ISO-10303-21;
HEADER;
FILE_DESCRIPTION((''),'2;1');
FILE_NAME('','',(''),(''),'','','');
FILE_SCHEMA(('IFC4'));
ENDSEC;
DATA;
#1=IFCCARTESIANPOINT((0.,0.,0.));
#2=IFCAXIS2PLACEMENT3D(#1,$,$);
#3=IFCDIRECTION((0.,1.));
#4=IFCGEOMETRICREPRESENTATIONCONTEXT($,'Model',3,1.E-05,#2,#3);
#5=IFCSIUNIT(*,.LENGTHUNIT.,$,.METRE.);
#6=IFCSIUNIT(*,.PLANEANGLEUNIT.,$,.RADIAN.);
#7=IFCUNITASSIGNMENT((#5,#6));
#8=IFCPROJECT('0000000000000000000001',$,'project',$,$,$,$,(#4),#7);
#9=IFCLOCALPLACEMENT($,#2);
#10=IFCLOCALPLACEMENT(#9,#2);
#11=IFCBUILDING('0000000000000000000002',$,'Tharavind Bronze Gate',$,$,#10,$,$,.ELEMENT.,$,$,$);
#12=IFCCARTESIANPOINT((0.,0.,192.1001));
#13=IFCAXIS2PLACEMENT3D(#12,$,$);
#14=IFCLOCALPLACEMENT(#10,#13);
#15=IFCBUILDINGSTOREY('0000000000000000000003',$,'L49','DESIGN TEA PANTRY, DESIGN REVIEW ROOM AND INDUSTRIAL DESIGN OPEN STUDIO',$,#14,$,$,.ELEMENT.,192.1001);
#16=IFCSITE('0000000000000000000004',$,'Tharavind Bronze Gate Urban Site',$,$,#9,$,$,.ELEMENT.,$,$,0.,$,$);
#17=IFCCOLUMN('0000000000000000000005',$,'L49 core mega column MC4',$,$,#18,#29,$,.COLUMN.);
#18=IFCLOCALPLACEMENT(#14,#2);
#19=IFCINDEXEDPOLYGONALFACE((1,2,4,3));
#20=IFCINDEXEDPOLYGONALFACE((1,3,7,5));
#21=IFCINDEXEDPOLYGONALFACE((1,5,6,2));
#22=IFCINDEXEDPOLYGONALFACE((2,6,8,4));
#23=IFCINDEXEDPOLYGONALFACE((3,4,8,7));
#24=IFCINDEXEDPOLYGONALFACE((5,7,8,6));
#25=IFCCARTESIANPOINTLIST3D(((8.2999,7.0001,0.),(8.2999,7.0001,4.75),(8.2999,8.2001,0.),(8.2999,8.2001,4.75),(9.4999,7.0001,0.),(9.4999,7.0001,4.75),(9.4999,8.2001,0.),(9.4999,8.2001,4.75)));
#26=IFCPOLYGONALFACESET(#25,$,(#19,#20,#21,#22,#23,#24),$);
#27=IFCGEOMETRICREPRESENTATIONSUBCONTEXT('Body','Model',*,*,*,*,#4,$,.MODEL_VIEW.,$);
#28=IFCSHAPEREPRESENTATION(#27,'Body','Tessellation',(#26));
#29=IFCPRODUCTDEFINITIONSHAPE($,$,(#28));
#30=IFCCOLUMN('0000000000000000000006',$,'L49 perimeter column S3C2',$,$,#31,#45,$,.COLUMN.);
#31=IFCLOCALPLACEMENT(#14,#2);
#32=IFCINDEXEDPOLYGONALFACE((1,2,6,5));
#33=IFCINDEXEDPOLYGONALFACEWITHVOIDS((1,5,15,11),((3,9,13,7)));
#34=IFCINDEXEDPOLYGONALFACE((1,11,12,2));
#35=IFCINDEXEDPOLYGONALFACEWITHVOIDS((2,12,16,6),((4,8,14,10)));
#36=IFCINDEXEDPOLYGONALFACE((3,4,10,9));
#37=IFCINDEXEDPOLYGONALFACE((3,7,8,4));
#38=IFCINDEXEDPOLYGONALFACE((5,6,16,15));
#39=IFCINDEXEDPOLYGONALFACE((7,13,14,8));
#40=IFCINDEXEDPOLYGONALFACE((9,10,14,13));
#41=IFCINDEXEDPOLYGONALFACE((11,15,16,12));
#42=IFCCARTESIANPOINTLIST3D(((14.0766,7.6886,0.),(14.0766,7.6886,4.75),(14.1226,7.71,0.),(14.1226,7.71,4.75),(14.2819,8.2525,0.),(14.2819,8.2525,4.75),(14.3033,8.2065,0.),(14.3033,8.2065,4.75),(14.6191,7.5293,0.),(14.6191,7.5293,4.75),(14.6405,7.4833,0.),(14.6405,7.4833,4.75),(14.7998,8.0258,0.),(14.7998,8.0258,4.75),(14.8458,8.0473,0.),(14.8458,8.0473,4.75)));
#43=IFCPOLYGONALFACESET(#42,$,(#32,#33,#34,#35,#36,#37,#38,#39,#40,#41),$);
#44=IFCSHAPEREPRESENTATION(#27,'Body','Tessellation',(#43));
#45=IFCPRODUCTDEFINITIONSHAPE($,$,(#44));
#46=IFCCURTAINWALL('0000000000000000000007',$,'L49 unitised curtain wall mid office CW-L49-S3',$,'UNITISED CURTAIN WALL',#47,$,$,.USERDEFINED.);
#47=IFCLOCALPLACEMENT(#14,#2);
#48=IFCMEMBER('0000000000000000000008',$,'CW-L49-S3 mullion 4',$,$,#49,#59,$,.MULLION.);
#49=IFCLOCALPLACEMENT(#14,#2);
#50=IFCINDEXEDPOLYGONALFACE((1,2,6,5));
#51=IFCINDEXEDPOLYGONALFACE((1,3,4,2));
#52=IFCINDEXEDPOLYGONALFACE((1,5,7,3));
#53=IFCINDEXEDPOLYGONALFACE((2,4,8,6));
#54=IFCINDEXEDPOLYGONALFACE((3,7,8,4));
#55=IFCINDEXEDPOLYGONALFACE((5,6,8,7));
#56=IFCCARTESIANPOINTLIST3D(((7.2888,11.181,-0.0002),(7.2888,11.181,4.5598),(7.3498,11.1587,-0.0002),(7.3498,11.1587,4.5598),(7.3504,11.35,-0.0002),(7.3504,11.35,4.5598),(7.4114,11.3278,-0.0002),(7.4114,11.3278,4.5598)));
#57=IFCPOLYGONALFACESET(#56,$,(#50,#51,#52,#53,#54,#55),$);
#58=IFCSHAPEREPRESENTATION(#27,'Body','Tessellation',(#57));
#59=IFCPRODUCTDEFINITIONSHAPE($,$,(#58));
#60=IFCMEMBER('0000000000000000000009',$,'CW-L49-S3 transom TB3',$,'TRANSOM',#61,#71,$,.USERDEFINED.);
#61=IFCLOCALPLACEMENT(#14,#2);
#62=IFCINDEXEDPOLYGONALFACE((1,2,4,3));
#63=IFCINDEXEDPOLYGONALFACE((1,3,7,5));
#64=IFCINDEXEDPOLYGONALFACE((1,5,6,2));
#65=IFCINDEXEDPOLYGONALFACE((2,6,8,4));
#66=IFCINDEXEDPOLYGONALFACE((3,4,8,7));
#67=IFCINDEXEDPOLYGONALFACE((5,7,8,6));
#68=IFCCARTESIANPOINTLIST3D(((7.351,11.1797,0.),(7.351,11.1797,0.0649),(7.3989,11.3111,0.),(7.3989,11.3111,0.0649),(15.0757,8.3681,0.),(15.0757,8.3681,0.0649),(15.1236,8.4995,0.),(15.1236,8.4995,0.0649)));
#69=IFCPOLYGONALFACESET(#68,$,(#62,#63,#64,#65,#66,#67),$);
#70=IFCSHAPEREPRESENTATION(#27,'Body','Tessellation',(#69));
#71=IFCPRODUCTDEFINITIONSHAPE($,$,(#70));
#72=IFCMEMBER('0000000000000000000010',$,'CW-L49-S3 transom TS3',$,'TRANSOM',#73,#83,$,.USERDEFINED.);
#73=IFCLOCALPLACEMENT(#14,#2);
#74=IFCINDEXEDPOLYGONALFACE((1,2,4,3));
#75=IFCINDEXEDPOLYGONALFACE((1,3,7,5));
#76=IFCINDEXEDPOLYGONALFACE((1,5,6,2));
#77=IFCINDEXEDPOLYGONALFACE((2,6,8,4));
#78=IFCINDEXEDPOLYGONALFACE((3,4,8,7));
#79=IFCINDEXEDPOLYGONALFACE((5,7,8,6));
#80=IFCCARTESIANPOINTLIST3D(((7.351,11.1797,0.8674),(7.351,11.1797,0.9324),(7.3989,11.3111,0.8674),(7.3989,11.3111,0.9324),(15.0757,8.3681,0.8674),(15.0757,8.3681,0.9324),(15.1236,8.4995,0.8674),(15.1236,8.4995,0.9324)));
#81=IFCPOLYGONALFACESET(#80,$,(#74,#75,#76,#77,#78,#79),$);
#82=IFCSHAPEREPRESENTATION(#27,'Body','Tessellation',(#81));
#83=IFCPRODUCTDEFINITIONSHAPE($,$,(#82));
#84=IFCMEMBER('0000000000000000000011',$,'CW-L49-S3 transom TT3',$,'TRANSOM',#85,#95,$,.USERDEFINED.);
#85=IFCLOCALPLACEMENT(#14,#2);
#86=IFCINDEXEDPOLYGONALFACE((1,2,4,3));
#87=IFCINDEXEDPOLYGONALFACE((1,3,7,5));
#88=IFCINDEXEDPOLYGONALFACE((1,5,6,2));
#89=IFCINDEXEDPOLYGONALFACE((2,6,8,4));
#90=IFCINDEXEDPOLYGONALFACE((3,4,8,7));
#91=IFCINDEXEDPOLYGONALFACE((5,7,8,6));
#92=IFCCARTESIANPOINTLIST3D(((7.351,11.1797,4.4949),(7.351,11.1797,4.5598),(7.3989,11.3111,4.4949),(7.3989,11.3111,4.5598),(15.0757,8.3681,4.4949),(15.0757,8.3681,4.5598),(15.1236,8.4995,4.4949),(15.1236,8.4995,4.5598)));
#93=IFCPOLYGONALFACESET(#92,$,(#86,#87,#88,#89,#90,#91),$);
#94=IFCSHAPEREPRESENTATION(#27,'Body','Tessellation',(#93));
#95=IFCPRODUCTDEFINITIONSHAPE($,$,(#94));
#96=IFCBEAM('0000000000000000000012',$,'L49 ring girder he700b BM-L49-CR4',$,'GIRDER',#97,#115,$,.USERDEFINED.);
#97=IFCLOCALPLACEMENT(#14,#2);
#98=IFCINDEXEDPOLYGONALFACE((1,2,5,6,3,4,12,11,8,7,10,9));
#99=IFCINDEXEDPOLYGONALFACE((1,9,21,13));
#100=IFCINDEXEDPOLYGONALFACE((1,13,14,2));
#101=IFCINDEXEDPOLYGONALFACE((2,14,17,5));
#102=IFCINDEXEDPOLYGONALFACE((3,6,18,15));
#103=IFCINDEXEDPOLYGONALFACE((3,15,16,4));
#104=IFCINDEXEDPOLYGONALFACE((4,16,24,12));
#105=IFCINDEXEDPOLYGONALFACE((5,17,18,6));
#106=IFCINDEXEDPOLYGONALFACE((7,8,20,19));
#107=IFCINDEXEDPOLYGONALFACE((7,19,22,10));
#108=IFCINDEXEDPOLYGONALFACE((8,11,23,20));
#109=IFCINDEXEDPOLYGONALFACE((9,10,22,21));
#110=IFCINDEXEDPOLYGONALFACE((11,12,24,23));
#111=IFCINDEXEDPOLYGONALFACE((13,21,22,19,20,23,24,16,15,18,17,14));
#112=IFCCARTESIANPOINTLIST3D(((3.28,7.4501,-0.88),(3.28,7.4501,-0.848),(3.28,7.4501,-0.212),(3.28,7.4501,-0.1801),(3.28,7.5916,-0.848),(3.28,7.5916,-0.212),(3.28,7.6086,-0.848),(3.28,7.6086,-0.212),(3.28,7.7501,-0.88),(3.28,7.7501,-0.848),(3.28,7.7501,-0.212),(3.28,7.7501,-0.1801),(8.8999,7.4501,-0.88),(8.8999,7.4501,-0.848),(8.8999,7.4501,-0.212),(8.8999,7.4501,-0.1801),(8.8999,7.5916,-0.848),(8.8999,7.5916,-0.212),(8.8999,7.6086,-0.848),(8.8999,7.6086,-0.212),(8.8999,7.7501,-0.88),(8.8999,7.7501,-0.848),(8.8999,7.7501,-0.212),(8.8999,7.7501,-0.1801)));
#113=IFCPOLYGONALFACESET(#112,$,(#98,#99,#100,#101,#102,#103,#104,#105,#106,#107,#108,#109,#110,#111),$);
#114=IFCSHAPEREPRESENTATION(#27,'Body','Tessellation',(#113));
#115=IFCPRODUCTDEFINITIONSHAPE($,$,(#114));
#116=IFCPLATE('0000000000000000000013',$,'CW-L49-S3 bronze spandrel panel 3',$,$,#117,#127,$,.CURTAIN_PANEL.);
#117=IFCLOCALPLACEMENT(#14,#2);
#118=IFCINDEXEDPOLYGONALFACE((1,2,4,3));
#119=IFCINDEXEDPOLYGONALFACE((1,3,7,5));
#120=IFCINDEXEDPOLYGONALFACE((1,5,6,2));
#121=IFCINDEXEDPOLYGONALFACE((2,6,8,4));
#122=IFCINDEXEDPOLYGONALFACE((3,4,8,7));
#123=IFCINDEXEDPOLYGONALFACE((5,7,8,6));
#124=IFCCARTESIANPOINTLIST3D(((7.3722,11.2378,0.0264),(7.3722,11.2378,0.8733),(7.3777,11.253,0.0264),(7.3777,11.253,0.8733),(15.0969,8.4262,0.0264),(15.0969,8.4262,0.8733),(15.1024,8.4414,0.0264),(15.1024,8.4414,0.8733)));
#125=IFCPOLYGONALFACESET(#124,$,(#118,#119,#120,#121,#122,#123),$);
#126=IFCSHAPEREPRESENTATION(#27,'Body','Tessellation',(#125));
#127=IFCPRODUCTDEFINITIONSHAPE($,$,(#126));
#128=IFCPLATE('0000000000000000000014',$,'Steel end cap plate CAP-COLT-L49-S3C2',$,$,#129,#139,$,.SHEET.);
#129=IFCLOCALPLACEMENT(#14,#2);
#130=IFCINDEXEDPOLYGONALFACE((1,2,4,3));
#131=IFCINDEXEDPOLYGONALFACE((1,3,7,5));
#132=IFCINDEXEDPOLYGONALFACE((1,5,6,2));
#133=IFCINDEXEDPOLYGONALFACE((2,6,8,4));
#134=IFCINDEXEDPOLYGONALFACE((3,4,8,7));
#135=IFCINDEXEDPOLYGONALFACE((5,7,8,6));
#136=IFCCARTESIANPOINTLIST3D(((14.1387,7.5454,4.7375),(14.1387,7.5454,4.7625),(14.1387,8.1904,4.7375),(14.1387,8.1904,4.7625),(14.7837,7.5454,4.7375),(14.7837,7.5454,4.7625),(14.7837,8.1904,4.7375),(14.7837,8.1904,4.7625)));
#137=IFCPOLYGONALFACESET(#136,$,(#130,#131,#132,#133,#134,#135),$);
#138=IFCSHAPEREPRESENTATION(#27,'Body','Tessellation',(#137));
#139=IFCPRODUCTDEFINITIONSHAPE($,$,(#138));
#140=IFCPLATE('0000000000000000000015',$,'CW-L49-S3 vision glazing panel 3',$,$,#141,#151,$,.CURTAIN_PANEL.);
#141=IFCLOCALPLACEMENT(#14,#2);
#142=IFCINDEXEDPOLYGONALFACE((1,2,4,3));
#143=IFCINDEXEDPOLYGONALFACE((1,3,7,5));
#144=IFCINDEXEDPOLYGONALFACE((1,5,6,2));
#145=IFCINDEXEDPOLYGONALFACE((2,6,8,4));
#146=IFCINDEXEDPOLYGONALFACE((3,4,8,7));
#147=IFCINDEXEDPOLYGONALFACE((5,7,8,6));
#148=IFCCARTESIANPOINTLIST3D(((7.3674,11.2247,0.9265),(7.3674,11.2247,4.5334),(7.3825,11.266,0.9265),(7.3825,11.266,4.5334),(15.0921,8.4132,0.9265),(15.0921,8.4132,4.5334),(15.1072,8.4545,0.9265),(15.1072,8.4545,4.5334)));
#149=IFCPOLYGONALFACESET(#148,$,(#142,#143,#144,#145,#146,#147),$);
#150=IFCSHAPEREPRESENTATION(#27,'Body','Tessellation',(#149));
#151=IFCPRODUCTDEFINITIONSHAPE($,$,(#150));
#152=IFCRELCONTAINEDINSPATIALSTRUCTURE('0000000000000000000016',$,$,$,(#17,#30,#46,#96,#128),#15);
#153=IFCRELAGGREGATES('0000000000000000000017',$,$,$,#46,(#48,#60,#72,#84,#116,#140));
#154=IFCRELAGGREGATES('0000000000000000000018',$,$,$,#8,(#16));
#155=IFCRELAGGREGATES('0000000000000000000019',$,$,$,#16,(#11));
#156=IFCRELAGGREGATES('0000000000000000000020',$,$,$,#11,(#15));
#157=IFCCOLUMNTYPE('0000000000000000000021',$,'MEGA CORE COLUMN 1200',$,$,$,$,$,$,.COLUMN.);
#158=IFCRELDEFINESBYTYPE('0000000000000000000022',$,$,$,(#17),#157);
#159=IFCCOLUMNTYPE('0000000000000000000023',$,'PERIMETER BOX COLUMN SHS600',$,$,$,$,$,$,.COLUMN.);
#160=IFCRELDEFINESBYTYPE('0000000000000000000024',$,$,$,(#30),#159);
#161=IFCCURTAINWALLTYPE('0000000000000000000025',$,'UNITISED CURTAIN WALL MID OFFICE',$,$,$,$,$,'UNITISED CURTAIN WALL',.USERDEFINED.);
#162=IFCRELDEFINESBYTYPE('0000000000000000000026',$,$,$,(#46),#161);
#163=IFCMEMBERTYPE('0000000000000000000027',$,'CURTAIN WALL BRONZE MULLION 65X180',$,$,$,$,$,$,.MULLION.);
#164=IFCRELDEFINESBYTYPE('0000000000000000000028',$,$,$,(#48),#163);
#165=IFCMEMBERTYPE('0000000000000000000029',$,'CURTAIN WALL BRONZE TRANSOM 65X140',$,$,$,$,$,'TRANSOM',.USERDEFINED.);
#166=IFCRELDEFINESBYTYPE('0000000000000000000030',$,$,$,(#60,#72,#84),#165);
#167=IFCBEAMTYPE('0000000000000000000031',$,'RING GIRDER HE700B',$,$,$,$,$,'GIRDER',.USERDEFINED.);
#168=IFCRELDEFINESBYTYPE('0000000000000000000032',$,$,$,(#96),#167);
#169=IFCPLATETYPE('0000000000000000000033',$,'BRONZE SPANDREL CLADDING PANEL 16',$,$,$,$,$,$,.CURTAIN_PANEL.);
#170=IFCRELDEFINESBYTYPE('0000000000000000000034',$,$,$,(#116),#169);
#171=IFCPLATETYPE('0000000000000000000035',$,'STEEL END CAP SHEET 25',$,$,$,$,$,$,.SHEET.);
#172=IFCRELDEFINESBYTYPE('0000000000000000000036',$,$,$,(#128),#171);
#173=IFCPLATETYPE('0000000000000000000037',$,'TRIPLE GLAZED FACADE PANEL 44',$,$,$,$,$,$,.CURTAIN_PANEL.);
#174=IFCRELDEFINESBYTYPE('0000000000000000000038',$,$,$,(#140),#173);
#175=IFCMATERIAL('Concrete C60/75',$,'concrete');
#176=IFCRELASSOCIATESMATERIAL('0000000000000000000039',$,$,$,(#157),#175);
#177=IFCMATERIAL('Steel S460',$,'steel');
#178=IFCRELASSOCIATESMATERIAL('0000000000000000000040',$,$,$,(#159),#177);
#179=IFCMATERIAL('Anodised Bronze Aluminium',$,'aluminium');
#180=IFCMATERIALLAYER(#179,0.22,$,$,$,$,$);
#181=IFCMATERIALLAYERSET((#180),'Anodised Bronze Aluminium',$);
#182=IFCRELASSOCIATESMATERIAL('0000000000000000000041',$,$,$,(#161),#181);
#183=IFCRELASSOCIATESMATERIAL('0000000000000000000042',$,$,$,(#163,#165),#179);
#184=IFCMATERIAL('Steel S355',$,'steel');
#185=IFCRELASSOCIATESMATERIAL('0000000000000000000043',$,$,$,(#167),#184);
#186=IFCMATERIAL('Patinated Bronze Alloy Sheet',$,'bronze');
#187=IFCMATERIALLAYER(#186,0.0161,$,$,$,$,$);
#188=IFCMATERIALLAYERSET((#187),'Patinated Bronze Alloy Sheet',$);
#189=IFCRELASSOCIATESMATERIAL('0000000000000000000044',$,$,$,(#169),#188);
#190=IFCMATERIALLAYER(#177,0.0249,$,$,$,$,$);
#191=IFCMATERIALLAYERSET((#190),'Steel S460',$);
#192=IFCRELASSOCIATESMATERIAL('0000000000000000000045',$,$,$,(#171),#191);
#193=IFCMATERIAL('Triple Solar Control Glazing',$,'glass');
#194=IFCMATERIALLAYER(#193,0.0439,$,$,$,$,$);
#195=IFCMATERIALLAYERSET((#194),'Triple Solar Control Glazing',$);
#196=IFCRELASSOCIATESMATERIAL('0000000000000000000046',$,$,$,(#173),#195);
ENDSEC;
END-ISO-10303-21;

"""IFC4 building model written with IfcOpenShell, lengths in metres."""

from ifc_helpers import new_model, si_unit, direction, frame, origin, origin_2d, place, context, subcontext, project, spatial, rectangle, hollow_rectangle, i_section, extrude, material, layer, layer_set, material_profile, profile_set, type_object, element, aggregate, save


model = new_model("IFC4")

# Units and contexts
model_context = context("Model", 3, precision=1e-05, world=origin(), true_north=direction((0.0, 1.0)))
body_context = subcontext(model_context, "Body", "Model", "MODEL_VIEW")
ifc_project = project(units=[si_unit("LENGTHUNIT", "METRE"), si_unit("PLANEANGLEUNIT", "RADIAN")], contexts=[model_context])

# Site, building, storey
site_placement = place(None, origin())
site = spatial("IfcSite", under=ifc_project, at=site_placement, Name="Tharavind Bronze Gate Urban Site", CompositionType="ELEMENT", RefElevation=0.0)
building_placement = place(site_placement, origin())
building = spatial("IfcBuilding", under=site, at=building_placement, Name="Tharavind Bronze Gate", CompositionType="ELEMENT")
storey_placement = place(building_placement, frame((0.0, 0.0, 192.1001)))
storey = spatial("IfcBuildingStorey", under=building, at=storey_placement, Name="L49", Description="DESIGN TEA PANTRY, DESIGN REVIEW ROOM AND INDUSTRIAL DESIGN OPEN STUDIO", CompositionType="ELEMENT", Elevation=192.1001)

# Columns
ifc_material_1 = material(Name="Concrete C60/75", Category="concrete")
ifc_material_profile_1 = material_profile(ifc_material_1, rectangle(XDim=1.2, YDim=1.2, at=origin_2d()), Name="RCCOL1200")
ifc_profile_set_1 = profile_set([ifc_material_profile_1], Name="Concrete C60/75")
column_type_1 = type_object("IfcColumnType", Name="MEGA CORE COLUMN 1200", PredefinedType="COLUMN", material=ifc_profile_set_1)
column_1_placement = place(storey_placement, frame((8.8999, 7.6001, 0.0), z_axis=(0.0, 0.0, 1.0), x_axis=(1.0, 0.0, 0.0)))
element("IfcColumn", 1, at=column_1_placement, inside=storey, type_object=column_type_1, Name="L49 core mega column MC4", PredefinedType="COLUMN", context=body_context, shape_type="SweptSolid", body=[
    extrude(rectangle(XDim=1.2, YDim=1.2, at=origin_2d()), origin(), (0.0, 0.0, 1.0), 4.75),
])
ifc_material_2 = material(Name="Steel S460", Category="steel")
ifc_material_profile_2 = material_profile(ifc_material_2, hollow_rectangle(XDim=0.6001, YDim=0.6001, WallThickness=0.0359, at=origin_2d()), Name="SHS600X36")
ifc_profile_set_2 = profile_set([ifc_material_profile_2], Name="Steel S460")
column_type_2 = type_object("IfcColumnType", Name="PERIMETER BOX COLUMN SHS600", PredefinedType="COLUMN", material=ifc_profile_set_2)
column_2_placement = place(storey_placement, frame((14.4612, 7.8679, 0.0), z_axis=(0.0, 0.0, 1.0), x_axis=(-0.939692, 0.342022, 0.0)))
element("IfcColumn", 2, at=column_2_placement, inside=storey, type_object=column_type_2, Name="L49 perimeter column S3C2", PredefinedType="COLUMN", context=body_context, shape_type="SweptSolid", body=[
    extrude(hollow_rectangle(XDim=0.6001, YDim=0.6001, WallThickness=0.0359, at=origin_2d()), origin(), (0.0, 0.0, 1.0), 4.75),
])

# Curtain wall, members
ifc_material_3 = material(Name="Anodised Bronze Aluminium", Category="aluminium")
ifc_layer_1 = layer(ifc_material_3, 0.22)
ifc_layer_set_1 = layer_set([ifc_layer_1], Name="Anodised Bronze Aluminium")
curtain_wall_type = type_object("IfcCurtainWallType", Name="UNITISED CURTAIN WALL MID OFFICE", ElementType="UNITISED CURTAIN WALL", PredefinedType="USERDEFINED", material=ifc_layer_set_1)
curtain_wall_placement = place(storey_placement, origin())
curtain_wall = element("IfcCurtainWall", 3, at=curtain_wall_placement, inside=storey, type_object=curtain_wall_type, Name="L49 unitised curtain wall mid office CW-L49-S3", ObjectType="UNITISED CURTAIN WALL", PredefinedType="USERDEFINED")
member_type_1 = type_object("IfcMemberType", Name="CURTAIN WALL BRONZE MULLION 65X180", PredefinedType="MULLION", material=ifc_material_3)
member_1_placement = place(storey_placement, frame((7.3501, 11.2544, -0.0002), z_axis=(0.0, 0.0, 1.0), x_axis=(-0.939692, 0.342022, 0.0)))
member_1 = element("IfcMember", 4, at=member_1_placement, type_object=member_type_1, Name="CW-L49-S3 mullion 4", PredefinedType="MULLION", context=body_context, shape_type="SweptSolid", body=[
    extrude(rectangle(XDim=0.0649, YDim=0.1799, at=origin_2d()), origin(), (0.0, 0.0, 1.0), 4.5601),
])
member_type_2 = type_object("IfcMemberType", Name="CURTAIN WALL BRONZE TRANSOM 65X140", ElementType="TRANSOM", PredefinedType="USERDEFINED", material=ifc_material_3)
member_2_placement = place(storey_placement, frame((11.2373, 9.8396, 0.0), z_axis=(0.0, 0.0, 1.0), x_axis=(-0.939692, 0.342022, 0.0)))
member_2 = element("IfcMember", 5, at=member_2_placement, type_object=member_type_2, Name="CW-L49-S3 transom TB3", ObjectType="TRANSOM", PredefinedType="USERDEFINED", context=body_context, shape_type="SweptSolid", body=[
    extrude(rectangle(XDim=8.2205, YDim=0.1399, at=origin_2d()), origin(), (0.0, 0.0, 1.0), 0.0649),
])
member_3_placement = place(storey_placement, frame((11.2373, 9.8396, 0.8674), z_axis=(0.0, 0.0, 1.0), x_axis=(-0.939692, 0.342022, 0.0)))
member_3 = element("IfcMember", 6, at=member_3_placement, type_object=member_type_2, Name="CW-L49-S3 transom TS3", ObjectType="TRANSOM", PredefinedType="USERDEFINED", context=body_context, shape_type="SweptSolid", body=[
    extrude(rectangle(XDim=8.2205, YDim=0.1399, at=origin_2d()), origin(), (0.0, 0.0, 1.0), 0.0649),
])
member_4_placement = place(storey_placement, frame((11.2373, 9.8396, 4.4949), z_axis=(0.0, 0.0, 1.0), x_axis=(-0.939692, 0.342022, 0.0)))
member_4 = element("IfcMember", 7, at=member_4_placement, type_object=member_type_2, Name="CW-L49-S3 transom TT3", ObjectType="TRANSOM", PredefinedType="USERDEFINED", context=body_context, shape_type="SweptSolid", body=[
    extrude(rectangle(XDim=8.2205, YDim=0.1399, at=origin_2d()), origin(), (0.0, 0.0, 1.0), 0.0649),
])

# Beam
ifc_material_4 = material(Name="Steel S355", Category="steel")
ifc_material_profile_3 = material_profile(ifc_material_4, i_section(OverallWidth=0.3, OverallDepth=0.7, WebThickness=0.0171, FlangeThickness=0.032, at=origin_2d()), Name="HE700B")
ifc_profile_set_3 = profile_set([ifc_material_profile_3], Name="Steel S355")
beam_type = type_object("IfcBeamType", Name="RING GIRDER HE700B", ElementType="GIRDER", PredefinedType="USERDEFINED", material=ifc_profile_set_3)
beam_placement = place(storey_placement, frame((8.8999, 7.6001, -0.53), z_axis=(-1.0, 0.0, 0.0), x_axis=(0.0, -1.0, 0.0)))
element("IfcBeam", 8, at=beam_placement, inside=storey, type_object=beam_type, Name="L49 ring girder he700b BM-L49-CR4", ObjectType="GIRDER", PredefinedType="USERDEFINED", context=body_context, shape_type="SweptSolid", body=[
    extrude(i_section(OverallWidth=0.3, OverallDepth=0.7, WebThickness=0.0171, FlangeThickness=0.032, at=origin_2d()), origin(), (0.0, 0.0, 1.0), 5.6199),
])

# Plates
ifc_material_5 = material(Name="Patinated Bronze Alloy Sheet", Category="bronze")
ifc_layer_2 = layer(ifc_material_5, 0.0161)
ifc_layer_set_2 = layer_set([ifc_layer_2], Name="Patinated Bronze Alloy Sheet")
plate_type_1 = type_object("IfcPlateType", Name="BRONZE SPANDREL CLADDING PANEL 16", PredefinedType="CURTAIN_PANEL", material=ifc_layer_set_2)
plate_1_placement = place(storey_placement, frame((11.2373, 9.8396, 0.0264), z_axis=(0.0, 0.0, 1.0), x_axis=(-0.939692, 0.342022, 0.0)))
plate_1 = element("IfcPlate", 9, at=plate_1_placement, type_object=plate_type_1, Name="CW-L49-S3 bronze spandrel panel 3", PredefinedType="CURTAIN_PANEL", context=body_context, shape_type="SweptSolid", body=[
    extrude(rectangle(XDim=8.2205, YDim=0.0161, at=origin_2d()), origin(), (0.0, 0.0, 1.0), 0.8469),
])
ifc_layer_3 = layer(ifc_material_2, 0.0249)
ifc_layer_set_3 = layer_set([ifc_layer_3], Name="Steel S460")
plate_type_2 = type_object("IfcPlateType", Name="STEEL END CAP SHEET 25", PredefinedType="SHEET", material=ifc_layer_set_3)
plate_2_placement = place(storey_placement, frame((14.4612, 7.8679, 4.7375), z_axis=(0.0, 0.0, 1.0), x_axis=(1.0, 0.0, 0.0)))
element("IfcPlate", 10, at=plate_2_placement, inside=storey, type_object=plate_type_2, Name="Steel end cap plate CAP-COLT-L49-S3C2", PredefinedType="SHEET", context=body_context, shape_type="SweptSolid", body=[
    extrude(rectangle(XDim=0.645, YDim=0.645, at=origin_2d()), origin(), (0.0, 0.0, 1.0), 0.0249),
])
ifc_material_6 = material(Name="Triple Solar Control Glazing", Category="glass")
ifc_layer_4 = layer(ifc_material_6, 0.0439)
ifc_layer_set_4 = layer_set([ifc_layer_4], Name="Triple Solar Control Glazing")
plate_type_3 = type_object("IfcPlateType", Name="TRIPLE GLAZED FACADE PANEL 44", PredefinedType="CURTAIN_PANEL", material=ifc_layer_set_4)
plate_3_placement = place(storey_placement, frame((11.2373, 9.8396, 0.9265), z_axis=(0.0, 0.0, 1.0), x_axis=(-0.939692, 0.342022, 0.0)))
plate_3 = element("IfcPlate", 11, at=plate_3_placement, type_object=plate_type_3, Name="CW-L49-S3 vision glazing panel 3", PredefinedType="CURTAIN_PANEL", context=body_context, shape_type="SweptSolid", body=[
    extrude(rectangle(XDim=8.2205, YDim=0.0439, at=origin_2d()), origin(), (0.0, 0.0, 1.0), 3.6069),
])
aggregate(curtain_wall, [member_1, member_2, member_3, member_4, plate_1, plate_3])

save(model, "model.ifc")
